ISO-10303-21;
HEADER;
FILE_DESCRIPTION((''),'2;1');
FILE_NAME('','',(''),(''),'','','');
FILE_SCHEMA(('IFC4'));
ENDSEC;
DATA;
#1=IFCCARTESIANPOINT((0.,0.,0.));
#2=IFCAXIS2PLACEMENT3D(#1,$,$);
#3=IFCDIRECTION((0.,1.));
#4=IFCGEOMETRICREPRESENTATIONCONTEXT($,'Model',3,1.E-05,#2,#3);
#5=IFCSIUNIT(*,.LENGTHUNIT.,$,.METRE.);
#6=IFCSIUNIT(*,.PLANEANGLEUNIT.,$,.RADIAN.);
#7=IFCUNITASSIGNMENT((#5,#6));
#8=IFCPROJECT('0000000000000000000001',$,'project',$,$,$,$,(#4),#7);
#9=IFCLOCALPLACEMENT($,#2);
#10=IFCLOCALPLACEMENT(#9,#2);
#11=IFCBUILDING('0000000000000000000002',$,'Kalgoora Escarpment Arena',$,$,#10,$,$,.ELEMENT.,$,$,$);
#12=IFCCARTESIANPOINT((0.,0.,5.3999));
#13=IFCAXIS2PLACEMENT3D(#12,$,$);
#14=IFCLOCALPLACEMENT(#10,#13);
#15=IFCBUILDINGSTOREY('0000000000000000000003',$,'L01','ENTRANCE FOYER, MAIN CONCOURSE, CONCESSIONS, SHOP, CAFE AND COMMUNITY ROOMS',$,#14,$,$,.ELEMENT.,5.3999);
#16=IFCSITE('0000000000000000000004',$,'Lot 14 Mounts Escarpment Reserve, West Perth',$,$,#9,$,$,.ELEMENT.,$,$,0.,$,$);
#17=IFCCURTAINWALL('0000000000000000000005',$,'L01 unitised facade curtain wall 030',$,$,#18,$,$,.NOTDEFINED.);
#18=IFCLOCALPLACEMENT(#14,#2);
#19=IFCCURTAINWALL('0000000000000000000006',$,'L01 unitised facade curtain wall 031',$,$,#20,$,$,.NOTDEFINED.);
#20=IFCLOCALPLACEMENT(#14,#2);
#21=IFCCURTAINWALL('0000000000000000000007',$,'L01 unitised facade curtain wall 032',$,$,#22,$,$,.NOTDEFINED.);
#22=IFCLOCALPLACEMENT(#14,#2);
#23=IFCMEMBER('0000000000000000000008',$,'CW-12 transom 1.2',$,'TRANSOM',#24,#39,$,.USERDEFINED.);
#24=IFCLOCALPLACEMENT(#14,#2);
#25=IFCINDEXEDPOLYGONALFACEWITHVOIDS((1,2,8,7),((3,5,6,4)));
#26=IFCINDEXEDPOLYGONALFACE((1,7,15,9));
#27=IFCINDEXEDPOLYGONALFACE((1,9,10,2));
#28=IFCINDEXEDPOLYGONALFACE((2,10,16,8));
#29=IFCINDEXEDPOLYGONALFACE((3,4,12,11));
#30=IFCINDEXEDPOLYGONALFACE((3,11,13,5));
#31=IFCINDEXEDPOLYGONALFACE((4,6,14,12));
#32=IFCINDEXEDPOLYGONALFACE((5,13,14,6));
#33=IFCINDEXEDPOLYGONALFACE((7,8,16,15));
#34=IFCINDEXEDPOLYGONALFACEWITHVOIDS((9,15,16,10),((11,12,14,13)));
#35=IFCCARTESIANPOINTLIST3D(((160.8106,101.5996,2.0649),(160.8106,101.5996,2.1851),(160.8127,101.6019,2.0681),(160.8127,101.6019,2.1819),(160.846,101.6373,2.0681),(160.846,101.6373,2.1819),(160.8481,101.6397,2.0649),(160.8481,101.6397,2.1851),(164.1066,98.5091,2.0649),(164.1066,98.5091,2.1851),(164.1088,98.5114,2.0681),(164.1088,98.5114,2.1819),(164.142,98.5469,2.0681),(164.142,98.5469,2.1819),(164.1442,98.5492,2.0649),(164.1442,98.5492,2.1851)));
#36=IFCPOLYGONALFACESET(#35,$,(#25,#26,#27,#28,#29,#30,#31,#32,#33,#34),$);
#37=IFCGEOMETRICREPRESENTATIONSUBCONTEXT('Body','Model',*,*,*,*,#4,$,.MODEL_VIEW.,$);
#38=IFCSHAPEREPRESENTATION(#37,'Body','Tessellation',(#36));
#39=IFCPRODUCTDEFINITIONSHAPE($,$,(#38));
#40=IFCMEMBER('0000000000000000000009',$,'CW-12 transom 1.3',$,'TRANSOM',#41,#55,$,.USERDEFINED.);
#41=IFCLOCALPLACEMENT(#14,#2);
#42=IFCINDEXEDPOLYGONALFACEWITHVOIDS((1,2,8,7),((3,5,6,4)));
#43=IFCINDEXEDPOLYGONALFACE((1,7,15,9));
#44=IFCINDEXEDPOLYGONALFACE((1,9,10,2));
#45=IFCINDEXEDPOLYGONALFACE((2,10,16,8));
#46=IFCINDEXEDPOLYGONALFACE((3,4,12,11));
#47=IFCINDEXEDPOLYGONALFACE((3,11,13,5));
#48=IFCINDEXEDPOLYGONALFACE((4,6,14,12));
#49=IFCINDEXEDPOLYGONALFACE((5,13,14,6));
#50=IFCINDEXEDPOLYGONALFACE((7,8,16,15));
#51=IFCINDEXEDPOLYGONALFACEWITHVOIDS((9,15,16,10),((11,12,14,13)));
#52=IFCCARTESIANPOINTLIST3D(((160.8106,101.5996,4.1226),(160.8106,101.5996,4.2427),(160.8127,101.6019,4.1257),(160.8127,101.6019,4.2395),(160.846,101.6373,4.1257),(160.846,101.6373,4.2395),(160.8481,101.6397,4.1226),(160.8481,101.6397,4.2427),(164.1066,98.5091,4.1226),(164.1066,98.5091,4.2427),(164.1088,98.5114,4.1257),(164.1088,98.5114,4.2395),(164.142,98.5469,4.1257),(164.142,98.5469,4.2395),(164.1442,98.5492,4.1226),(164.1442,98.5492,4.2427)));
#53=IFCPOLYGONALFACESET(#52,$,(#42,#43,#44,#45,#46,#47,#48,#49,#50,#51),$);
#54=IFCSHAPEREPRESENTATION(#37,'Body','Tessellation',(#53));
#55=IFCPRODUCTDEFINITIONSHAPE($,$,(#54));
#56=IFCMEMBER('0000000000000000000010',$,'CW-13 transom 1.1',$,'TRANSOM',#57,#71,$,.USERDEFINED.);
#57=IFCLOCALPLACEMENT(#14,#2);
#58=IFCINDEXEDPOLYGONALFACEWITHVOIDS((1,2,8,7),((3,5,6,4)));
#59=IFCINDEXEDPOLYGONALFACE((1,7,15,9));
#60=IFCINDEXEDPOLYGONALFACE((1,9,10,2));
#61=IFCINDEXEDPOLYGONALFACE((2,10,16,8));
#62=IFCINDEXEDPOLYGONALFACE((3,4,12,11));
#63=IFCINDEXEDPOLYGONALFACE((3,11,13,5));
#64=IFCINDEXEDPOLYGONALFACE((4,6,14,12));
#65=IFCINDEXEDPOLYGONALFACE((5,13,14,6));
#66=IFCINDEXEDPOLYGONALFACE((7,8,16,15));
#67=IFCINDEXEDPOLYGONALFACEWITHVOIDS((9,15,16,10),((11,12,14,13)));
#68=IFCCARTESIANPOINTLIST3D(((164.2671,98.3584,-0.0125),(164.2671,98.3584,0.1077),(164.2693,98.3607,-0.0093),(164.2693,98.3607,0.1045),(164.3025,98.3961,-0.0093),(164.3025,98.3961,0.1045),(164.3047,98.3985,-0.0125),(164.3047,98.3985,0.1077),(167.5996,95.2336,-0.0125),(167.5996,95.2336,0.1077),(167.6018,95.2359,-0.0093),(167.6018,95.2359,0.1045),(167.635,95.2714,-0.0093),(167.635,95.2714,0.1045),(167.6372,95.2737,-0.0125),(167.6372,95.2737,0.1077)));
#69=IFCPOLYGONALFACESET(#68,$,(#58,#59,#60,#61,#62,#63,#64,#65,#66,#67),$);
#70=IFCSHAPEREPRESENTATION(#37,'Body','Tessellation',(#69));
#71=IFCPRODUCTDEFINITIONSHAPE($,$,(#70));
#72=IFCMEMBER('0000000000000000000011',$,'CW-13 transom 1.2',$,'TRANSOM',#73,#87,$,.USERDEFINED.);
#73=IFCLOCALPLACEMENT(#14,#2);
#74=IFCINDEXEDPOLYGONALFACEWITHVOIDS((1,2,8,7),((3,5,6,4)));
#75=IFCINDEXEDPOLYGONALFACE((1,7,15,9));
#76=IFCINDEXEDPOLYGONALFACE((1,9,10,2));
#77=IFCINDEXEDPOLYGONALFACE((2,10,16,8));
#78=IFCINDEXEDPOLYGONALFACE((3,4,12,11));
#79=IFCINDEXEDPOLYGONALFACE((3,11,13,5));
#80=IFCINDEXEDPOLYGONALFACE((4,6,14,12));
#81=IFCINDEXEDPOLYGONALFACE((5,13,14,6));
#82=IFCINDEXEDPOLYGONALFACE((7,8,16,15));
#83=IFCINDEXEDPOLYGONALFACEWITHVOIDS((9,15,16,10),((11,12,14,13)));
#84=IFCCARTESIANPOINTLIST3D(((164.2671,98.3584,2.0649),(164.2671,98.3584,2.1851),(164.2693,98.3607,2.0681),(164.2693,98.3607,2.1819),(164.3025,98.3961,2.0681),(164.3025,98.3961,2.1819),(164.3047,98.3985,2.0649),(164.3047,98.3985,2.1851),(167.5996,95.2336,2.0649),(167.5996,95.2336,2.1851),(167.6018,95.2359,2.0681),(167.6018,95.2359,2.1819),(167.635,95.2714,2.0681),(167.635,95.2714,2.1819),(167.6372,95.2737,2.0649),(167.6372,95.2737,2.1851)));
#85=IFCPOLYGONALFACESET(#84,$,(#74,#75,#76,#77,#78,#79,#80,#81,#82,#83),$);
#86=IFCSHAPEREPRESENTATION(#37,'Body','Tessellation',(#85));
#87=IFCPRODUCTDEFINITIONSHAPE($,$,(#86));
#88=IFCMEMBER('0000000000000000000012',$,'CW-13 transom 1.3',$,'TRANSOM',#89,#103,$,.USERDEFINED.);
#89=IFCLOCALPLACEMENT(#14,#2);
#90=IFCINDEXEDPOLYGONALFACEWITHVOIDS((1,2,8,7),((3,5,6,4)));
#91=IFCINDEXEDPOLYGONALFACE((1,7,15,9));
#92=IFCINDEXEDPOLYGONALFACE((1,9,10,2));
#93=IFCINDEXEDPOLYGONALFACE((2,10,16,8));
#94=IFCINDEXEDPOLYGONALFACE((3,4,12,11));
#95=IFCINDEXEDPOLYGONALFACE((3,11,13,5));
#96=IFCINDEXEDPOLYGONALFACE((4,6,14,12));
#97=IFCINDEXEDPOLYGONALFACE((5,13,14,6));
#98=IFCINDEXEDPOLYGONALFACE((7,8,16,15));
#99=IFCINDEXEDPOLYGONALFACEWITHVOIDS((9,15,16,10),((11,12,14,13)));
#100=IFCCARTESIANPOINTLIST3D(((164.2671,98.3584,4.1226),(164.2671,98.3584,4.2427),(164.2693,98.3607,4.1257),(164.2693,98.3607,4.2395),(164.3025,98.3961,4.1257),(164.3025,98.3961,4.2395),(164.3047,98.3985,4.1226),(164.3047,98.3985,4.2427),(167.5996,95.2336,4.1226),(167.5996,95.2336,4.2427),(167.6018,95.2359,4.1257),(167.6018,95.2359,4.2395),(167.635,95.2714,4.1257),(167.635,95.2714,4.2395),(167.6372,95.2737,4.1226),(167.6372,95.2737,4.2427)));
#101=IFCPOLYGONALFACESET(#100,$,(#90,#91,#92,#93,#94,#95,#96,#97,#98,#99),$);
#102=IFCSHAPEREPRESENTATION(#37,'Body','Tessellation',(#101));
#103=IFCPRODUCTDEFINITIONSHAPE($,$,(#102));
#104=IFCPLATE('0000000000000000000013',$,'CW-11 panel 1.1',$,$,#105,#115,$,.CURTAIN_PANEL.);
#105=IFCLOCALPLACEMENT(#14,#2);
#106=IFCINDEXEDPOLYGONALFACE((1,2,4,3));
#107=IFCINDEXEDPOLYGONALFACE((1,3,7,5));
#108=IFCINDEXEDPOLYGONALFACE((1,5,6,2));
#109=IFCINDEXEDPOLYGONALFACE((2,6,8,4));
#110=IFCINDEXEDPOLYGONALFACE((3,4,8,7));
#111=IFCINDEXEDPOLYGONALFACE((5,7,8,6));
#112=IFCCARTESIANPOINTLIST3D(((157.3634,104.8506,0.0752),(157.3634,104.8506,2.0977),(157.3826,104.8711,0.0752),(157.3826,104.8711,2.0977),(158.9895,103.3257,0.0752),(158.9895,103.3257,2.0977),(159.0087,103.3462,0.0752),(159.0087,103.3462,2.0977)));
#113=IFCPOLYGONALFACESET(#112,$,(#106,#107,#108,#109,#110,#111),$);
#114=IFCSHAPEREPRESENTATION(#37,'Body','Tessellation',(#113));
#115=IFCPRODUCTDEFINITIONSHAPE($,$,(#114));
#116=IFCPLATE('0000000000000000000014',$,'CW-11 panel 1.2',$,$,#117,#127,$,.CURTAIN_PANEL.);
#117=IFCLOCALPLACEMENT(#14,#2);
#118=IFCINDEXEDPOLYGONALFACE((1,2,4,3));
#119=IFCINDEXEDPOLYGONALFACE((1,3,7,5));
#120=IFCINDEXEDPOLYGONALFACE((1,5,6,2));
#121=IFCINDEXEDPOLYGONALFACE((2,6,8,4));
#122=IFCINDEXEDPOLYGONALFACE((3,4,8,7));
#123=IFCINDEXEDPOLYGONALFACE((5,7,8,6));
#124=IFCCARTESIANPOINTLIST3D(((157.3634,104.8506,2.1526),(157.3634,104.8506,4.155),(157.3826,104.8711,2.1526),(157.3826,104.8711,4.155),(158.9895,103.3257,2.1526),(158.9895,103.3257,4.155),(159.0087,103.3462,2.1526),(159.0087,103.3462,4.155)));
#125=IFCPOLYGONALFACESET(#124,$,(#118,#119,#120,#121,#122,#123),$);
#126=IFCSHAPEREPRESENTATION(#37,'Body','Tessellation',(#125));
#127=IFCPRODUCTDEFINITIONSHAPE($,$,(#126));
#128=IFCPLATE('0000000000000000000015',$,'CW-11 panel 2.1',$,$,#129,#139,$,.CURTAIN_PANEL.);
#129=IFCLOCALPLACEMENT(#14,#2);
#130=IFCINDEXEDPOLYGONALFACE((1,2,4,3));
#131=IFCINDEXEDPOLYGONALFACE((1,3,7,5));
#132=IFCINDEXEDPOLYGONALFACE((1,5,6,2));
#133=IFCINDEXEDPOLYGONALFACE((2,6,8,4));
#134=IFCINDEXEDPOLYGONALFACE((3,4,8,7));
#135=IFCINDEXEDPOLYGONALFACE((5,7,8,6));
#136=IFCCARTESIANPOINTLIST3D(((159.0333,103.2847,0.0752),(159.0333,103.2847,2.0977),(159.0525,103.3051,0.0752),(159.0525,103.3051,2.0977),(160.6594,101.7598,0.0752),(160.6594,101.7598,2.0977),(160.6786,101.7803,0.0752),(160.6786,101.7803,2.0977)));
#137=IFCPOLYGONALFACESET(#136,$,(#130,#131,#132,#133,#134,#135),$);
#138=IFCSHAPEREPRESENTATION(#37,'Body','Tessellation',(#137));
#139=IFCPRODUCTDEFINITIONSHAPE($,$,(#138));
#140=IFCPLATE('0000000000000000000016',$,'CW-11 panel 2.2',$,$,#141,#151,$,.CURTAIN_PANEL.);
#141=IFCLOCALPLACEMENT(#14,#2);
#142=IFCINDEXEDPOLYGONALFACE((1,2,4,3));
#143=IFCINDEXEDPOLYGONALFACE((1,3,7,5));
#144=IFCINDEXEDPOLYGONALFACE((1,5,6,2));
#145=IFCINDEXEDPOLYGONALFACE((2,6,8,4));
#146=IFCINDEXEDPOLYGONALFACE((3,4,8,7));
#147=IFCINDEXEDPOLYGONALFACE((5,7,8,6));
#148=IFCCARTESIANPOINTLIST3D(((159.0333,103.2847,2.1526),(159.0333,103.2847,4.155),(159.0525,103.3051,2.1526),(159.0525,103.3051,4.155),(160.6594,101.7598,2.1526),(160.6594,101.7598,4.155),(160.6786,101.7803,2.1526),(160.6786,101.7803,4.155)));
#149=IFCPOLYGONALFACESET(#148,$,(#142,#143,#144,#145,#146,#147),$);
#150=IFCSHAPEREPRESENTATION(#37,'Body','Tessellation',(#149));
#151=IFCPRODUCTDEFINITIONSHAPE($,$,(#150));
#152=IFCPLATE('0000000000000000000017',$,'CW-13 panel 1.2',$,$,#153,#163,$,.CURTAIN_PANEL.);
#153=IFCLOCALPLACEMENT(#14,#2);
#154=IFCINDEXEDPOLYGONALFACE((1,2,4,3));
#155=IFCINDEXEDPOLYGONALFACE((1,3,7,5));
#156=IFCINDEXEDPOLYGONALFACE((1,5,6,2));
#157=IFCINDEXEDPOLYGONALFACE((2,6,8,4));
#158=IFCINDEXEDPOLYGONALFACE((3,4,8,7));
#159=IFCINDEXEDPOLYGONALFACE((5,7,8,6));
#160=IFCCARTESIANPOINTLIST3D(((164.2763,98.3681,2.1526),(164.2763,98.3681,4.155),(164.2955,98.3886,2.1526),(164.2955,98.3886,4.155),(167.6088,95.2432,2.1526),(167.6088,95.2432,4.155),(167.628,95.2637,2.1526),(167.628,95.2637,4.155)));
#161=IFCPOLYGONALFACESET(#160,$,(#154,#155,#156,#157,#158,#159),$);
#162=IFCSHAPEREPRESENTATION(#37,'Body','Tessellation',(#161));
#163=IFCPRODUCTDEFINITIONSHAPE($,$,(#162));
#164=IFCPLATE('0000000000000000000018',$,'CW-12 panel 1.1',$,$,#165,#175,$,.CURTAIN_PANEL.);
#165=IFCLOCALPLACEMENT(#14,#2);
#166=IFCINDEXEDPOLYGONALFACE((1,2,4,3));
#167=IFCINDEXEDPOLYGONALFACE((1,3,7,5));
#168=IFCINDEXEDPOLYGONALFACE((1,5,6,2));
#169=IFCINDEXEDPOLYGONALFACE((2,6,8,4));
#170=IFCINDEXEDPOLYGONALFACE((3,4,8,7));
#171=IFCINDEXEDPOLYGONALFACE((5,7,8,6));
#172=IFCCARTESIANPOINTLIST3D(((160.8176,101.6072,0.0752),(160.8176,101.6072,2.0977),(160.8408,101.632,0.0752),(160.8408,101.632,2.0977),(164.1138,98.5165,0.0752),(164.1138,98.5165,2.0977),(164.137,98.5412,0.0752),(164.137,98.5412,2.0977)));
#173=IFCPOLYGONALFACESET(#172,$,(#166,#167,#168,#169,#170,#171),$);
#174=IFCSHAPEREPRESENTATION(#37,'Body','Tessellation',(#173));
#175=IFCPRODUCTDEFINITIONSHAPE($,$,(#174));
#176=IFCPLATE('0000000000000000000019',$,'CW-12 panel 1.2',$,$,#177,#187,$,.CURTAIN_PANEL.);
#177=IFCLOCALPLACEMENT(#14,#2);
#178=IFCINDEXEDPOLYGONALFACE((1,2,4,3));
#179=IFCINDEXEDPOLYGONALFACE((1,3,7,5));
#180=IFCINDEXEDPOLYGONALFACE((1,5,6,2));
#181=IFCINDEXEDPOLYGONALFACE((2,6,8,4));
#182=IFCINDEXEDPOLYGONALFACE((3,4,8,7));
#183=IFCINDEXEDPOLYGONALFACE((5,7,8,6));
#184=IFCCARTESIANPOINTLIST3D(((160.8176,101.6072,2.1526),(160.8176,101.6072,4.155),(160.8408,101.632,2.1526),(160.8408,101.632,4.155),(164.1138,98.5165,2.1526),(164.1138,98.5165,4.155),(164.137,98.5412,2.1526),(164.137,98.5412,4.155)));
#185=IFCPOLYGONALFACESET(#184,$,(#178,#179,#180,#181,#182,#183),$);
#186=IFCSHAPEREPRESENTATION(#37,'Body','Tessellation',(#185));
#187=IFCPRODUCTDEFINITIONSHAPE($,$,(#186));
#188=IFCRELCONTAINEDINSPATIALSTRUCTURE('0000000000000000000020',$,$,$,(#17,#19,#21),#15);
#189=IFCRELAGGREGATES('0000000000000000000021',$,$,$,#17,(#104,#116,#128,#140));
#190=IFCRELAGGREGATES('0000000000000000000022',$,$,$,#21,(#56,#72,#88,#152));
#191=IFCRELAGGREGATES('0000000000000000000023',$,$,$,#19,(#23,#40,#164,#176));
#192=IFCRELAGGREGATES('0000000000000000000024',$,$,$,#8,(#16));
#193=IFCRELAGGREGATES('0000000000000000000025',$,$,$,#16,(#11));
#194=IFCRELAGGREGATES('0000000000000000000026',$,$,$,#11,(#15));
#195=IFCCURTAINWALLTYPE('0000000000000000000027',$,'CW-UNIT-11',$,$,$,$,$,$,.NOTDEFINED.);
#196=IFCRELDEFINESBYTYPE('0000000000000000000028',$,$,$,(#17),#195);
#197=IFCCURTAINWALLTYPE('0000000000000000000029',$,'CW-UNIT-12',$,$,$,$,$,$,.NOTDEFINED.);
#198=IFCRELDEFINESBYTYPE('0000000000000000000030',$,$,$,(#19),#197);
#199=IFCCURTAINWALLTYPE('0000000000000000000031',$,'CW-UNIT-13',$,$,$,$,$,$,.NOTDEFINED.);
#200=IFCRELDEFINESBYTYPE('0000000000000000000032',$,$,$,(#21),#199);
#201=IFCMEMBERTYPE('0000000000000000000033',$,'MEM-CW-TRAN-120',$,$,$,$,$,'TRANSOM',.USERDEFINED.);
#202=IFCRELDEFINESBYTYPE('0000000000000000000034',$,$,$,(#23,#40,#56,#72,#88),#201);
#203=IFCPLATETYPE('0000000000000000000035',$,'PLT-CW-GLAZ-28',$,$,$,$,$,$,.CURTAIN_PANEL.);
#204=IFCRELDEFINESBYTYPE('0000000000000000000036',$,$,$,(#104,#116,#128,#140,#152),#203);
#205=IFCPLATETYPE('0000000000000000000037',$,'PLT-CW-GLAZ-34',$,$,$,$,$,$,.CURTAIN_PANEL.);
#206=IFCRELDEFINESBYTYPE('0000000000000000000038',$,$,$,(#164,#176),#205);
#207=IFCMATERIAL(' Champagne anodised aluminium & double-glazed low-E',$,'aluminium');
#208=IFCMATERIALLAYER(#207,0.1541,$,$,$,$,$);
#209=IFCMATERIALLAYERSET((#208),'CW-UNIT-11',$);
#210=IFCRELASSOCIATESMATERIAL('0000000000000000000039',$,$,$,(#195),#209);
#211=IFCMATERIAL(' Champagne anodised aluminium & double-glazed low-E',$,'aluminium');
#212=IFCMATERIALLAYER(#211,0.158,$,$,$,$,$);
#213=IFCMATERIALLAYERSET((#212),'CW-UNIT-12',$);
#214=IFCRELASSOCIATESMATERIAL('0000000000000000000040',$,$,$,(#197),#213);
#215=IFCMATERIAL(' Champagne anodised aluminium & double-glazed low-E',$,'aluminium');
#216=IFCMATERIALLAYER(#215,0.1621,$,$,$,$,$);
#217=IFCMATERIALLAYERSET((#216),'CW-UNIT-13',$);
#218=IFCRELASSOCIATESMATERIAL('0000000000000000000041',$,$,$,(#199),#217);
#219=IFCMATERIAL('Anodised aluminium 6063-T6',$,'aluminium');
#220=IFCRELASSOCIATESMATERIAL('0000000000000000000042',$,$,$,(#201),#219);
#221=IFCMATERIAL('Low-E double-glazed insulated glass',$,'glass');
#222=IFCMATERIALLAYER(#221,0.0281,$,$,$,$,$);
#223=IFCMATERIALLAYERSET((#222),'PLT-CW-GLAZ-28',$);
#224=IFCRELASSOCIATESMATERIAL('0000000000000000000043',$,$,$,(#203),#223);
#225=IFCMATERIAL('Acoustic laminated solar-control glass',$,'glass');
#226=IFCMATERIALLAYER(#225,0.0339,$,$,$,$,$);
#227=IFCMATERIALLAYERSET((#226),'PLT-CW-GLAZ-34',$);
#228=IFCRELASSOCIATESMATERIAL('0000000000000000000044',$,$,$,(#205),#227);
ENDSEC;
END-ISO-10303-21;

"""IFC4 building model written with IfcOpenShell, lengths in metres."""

from ifc_helpers import new_model, si_unit, direction, frame, origin, origin_2d, place, context, subcontext, project, spatial, rectangle, hollow_rectangle, extrude, material, layer, layer_set, material_profile, profile_set, type_object, element, aggregate, save


model = new_model("IFC4")

# Units and contexts
model_context = context("Model", 3, precision=1e-05, world=origin(), true_north=direction((0.0, 1.0)))
body_context = subcontext(model_context, "Body", "Model", "MODEL_VIEW")
ifc_project = project(units=[si_unit("LENGTHUNIT", "METRE"), si_unit("PLANEANGLEUNIT", "RADIAN")], contexts=[model_context])

# Site, building, storey
site_placement = place(None, origin())
site = spatial("IfcSite", under=ifc_project, at=site_placement, Name="Lot 14 Mounts Escarpment Reserve, West Perth", CompositionType="ELEMENT", RefElevation=0.0)
building_placement = place(site_placement, origin())
building = spatial("IfcBuilding", under=site, at=building_placement, Name="Kalgoora Escarpment Arena", CompositionType="ELEMENT")
storey_placement = place(building_placement, frame((0.0, 0.0, 5.3999)))
storey = spatial("IfcBuildingStorey", under=building, at=storey_placement, Name="L01", Description="ENTRANCE FOYER, MAIN CONCOURSE, CONCESSIONS, SHOP, CAFE AND COMMUNITY ROOMS", CompositionType="ELEMENT", Elevation=5.3999)

# Curtain walls
ifc_material_1 = material(Name=" Champagne anodised aluminium & double-glazed low-E", Category="aluminium")
ifc_layer_1 = layer(ifc_material_1, 0.1541)
ifc_layer_set_1 = layer_set([ifc_layer_1], Name="CW-UNIT-11")
curtain_wall_type_1 = type_object("IfcCurtainWallType", Name="CW-UNIT-11", PredefinedType="NOTDEFINED", material=ifc_layer_set_1)
curtain_wall_1_placement = place(storey_placement, origin())
curtain_wall_1 = element("IfcCurtainWall", 1, at=curtain_wall_1_placement, inside=storey, type_object=curtain_wall_type_1, Name="L01 unitised facade curtain wall 030", PredefinedType="NOTDEFINED")
ifc_material_2 = material(Name=" Champagne anodised aluminium & double-glazed low-E", Category="aluminium")
ifc_layer_2 = layer(ifc_material_2, 0.158)
ifc_layer_set_2 = layer_set([ifc_layer_2], Name="CW-UNIT-12")
curtain_wall_type_2 = type_object("IfcCurtainWallType", Name="CW-UNIT-12", PredefinedType="NOTDEFINED", material=ifc_layer_set_2)
curtain_wall_2_placement = place(storey_placement, origin())
curtain_wall_2 = element("IfcCurtainWall", 2, at=curtain_wall_2_placement, inside=storey, type_object=curtain_wall_type_2, Name="L01 unitised facade curtain wall 031", PredefinedType="NOTDEFINED")

# Curtain wall
ifc_material_3 = material(Name=" Champagne anodised aluminium & double-glazed low-E", Category="aluminium")
ifc_layer_3 = layer(ifc_material_3, 0.1621)
ifc_layer_set_3 = layer_set([ifc_layer_3], Name="CW-UNIT-13")
curtain_wall_type_3 = type_object("IfcCurtainWallType", Name="CW-UNIT-13", PredefinedType="NOTDEFINED", material=ifc_layer_set_3)
curtain_wall_3_placement = place(storey_placement, origin())
curtain_wall_3 = element("IfcCurtainWall", 3, at=curtain_wall_3_placement, inside=storey, type_object=curtain_wall_type_3, Name="L01 unitised facade curtain wall 032", PredefinedType="NOTDEFINED")

# Members
ifc_material_4 = material(Name="Anodised aluminium 6063-T6", Category="aluminium")
ifc_material_profile_1 = material_profile(ifc_material_4, hollow_rectangle(XDim=0.0549, YDim=0.1201, WallThickness=0.0032, at=origin_2d()))
ifc_profile_set_1 = profile_set([ifc_material_profile_1], Name="Anodised aluminium 6063-T6")
member_type_1 = type_object("IfcMemberType", Name="MEM-CW-TRAN-120", ElementType="TRANSOM", PredefinedType="USERDEFINED", material=ifc_profile_set_1)
member_1_placement = place(storey_placement, frame((160.8293, 101.6196, 2.125), z_axis=(0.729488, -0.683993, 0.0), x_axis=(0.683993, 0.729488, 0.0)))
member_1 = element("IfcMember", 4, at=member_1_placement, type_object=member_type_1, Name="CW-12 transom 1.2", ObjectType="TRANSOM", PredefinedType="USERDEFINED", context=body_context, shape_type="SweptSolid", body=[
    extrude(hollow_rectangle(XDim=0.0549, YDim=0.1201, WallThickness=0.0032, at=origin_2d()), origin(), (0.0, 0.0, 1.0), 4.5183),
])
member_2_placement = place(storey_placement, frame((160.8293, 101.6196, 4.1826), z_axis=(0.729488, -0.683993, 0.0), x_axis=(0.683993, 0.729488, 0.0)))
member_2 = element("IfcMember", 5, at=member_2_placement, type_object=member_type_1, Name="CW-12 transom 1.3", ObjectType="TRANSOM", PredefinedType="USERDEFINED", context=body_context, shape_type="SweptSolid", body=[
    extrude(hollow_rectangle(XDim=0.0549, YDim=0.1201, WallThickness=0.0032, at=origin_2d()), origin(), (0.0, 0.0, 1.0), 4.5183),
])
member_3_placement = place(storey_placement, frame((164.2859, 98.3784, 0.0476), z_axis=(0.729481, -0.684002, 0.0), x_axis=(0.684002, 0.729481, 0.0)))
member_3 = element("IfcMember", 6, at=member_3_placement, type_object=member_type_1, Name="CW-13 transom 1.1", ObjectType="TRANSOM", PredefinedType="USERDEFINED", context=body_context, shape_type="SweptSolid", body=[
    extrude(hollow_rectangle(XDim=0.0549, YDim=0.1201, WallThickness=0.0032, at=origin_2d()), origin(), (0.0, 0.0, 1.0), 4.5684),
])
member_4_placement = place(storey_placement, frame((164.2859, 98.3784, 2.125), z_axis=(0.729481, -0.684002, 0.0), x_axis=(0.684002, 0.729481, 0.0)))
member_4 = element("IfcMember", 7, at=member_4_placement, type_object=member_type_1, Name="CW-13 transom 1.2", ObjectType="TRANSOM", PredefinedType="USERDEFINED", context=body_context, shape_type="SweptSolid", body=[
    extrude(hollow_rectangle(XDim=0.0549, YDim=0.1201, WallThickness=0.0032, at=origin_2d()), origin(), (0.0, 0.0, 1.0), 4.5684),
])
member_5_placement = place(storey_placement, frame((164.2859, 98.3784, 4.1826), z_axis=(0.729481, -0.684002, 0.0), x_axis=(0.684002, 0.729481, 0.0)))
member_5 = element("IfcMember", 8, at=member_5_placement, type_object=member_type_1, Name="CW-13 transom 1.3", ObjectType="TRANSOM", PredefinedType="USERDEFINED", context=body_context, shape_type="SweptSolid", body=[
    extrude(hollow_rectangle(XDim=0.0549, YDim=0.1201, WallThickness=0.0032, at=origin_2d()), origin(), (0.0, 0.0, 1.0), 4.5684),
])

# Plates
ifc_material_5 = material(Name="Low-E double-glazed insulated glass", Category="glass")
ifc_layer_4 = layer(ifc_material_5, 0.0281)
ifc_layer_set_4 = layer_set([ifc_layer_4], Name="PLT-CW-GLAZ-28")
plate_type_1 = type_object("IfcPlateType", Name="PLT-CW-GLAZ-28", PredefinedType="CURTAIN_PANEL", material=ifc_layer_set_4)
plate_1_placement = place(storey_placement, frame((158.186, 104.0984, 0.0752), z_axis=(0.0, 0.0, 1.0), x_axis=(0.729455, -0.684029, 0.0)))
plate_1 = element("IfcPlate", 9, at=plate_1_placement, type_object=plate_type_1, Name="CW-11 panel 1.1", PredefinedType="CURTAIN_PANEL", context=body_context, shape_type="SweptSolid", body=[
    extrude(rectangle(XDim=2.2292, YDim=0.0281, at=origin_2d()), origin(), (0.0, 0.0, 1.0), 2.0225),
])
plate_2_placement = place(storey_placement, frame((158.186, 104.0984, 2.1526), z_axis=(0.0, 0.0, 1.0), x_axis=(0.729455, -0.684029, 0.0)))
plate_2 = element("IfcPlate", 10, at=plate_2_placement, type_object=plate_type_1, Name="CW-11 panel 1.2", PredefinedType="CURTAIN_PANEL", context=body_context, shape_type="SweptSolid", body=[
    extrude(rectangle(XDim=2.2292, YDim=0.0281, at=origin_2d()), origin(), (0.0, 0.0, 1.0), 2.0024),
])
plate_3_placement = place(storey_placement, frame((159.856, 102.5325, 0.0752), z_axis=(0.0, 0.0, 1.0), x_axis=(0.729455, -0.684029, 0.0)))
plate_3 = element("IfcPlate", 11, at=plate_3_placement, type_object=plate_type_1, Name="CW-11 panel 2.1", PredefinedType="CURTAIN_PANEL", context=body_context, shape_type="SweptSolid", body=[
    extrude(rectangle(XDim=2.2292, YDim=0.0281, at=origin_2d()), origin(), (0.0, 0.0, 1.0), 2.0225),
])
plate_4_placement = place(storey_placement, frame((159.856, 102.5325, 2.1526), z_axis=(0.0, 0.0, 1.0), x_axis=(0.729455, -0.684029, 0.0)))
plate_4 = element("IfcPlate", 12, at=plate_4_placement, type_object=plate_type_1, Name="CW-11 panel 2.2", PredefinedType="CURTAIN_PANEL", context=body_context, shape_type="SweptSolid", body=[
    extrude(rectangle(XDim=2.2292, YDim=0.0281, at=origin_2d()), origin(), (0.0, 0.0, 1.0), 2.0024),
])
aggregate(curtain_wall_1, [plate_1, plate_2, plate_3, plate_4])
plate_5_placement = place(storey_placement, frame((165.9521, 96.8159, 2.1526), z_axis=(0.0, 0.0, 1.0), x_axis=(0.729457, -0.684026, 0.0)))
plate_5 = element("IfcPlate", 13, at=plate_5_placement, type_object=plate_type_1, Name="CW-13 panel 1.2", PredefinedType="CURTAIN_PANEL", context=body_context, shape_type="SweptSolid", body=[
    extrude(rectangle(XDim=4.5684, YDim=0.0281, at=origin_2d()), origin(), (0.0, 0.0, 1.0), 2.0024),
])
aggregate(curtain_wall_3, [member_3, member_4, member_5, plate_5])
ifc_material_6 = material(Name="Acoustic laminated solar-control glass", Category="glass")
ifc_layer_5 = layer(ifc_material_6, 0.0339)
ifc_layer_set_5 = layer_set([ifc_layer_5], Name="PLT-CW-GLAZ-34")
plate_type_2 = type_object("IfcPlateType", Name="PLT-CW-GLAZ-34", PredefinedType="CURTAIN_PANEL", material=ifc_layer_set_5)
plate_6_placement = place(storey_placement, frame((162.4773, 100.0742, 0.0752), z_axis=(0.0, 0.0, 1.0), x_axis=(0.729465, -0.684019, 0.0)))
plate_6 = element("IfcPlate", 14, at=plate_6_placement, type_object=plate_type_2, Name="CW-12 panel 1.1", PredefinedType="CURTAIN_PANEL", context=body_context, shape_type="SweptSolid", body=[
    extrude(rectangle(XDim=4.5186, YDim=0.0339, at=origin_2d()), origin(), (0.0, 0.0, 1.0), 2.0225),
])
plate_7_placement = place(storey_placement, frame((162.4773, 100.0742, 2.1526), z_axis=(0.0, 0.0, 1.0), x_axis=(0.729465, -0.684019, 0.0)))
plate_7 = element("IfcPlate", 15, at=plate_7_placement, type_object=plate_type_2, Name="CW-12 panel 1.2", PredefinedType="CURTAIN_PANEL", context=body_context, shape_type="SweptSolid", body=[
    extrude(rectangle(XDim=4.5186, YDim=0.0339, at=origin_2d()), origin(), (0.0, 0.0, 1.0), 2.0024),
])
aggregate(curtain_wall_2, [member_1, member_2, plate_6, plate_7])

save(model, "model.ifc")
